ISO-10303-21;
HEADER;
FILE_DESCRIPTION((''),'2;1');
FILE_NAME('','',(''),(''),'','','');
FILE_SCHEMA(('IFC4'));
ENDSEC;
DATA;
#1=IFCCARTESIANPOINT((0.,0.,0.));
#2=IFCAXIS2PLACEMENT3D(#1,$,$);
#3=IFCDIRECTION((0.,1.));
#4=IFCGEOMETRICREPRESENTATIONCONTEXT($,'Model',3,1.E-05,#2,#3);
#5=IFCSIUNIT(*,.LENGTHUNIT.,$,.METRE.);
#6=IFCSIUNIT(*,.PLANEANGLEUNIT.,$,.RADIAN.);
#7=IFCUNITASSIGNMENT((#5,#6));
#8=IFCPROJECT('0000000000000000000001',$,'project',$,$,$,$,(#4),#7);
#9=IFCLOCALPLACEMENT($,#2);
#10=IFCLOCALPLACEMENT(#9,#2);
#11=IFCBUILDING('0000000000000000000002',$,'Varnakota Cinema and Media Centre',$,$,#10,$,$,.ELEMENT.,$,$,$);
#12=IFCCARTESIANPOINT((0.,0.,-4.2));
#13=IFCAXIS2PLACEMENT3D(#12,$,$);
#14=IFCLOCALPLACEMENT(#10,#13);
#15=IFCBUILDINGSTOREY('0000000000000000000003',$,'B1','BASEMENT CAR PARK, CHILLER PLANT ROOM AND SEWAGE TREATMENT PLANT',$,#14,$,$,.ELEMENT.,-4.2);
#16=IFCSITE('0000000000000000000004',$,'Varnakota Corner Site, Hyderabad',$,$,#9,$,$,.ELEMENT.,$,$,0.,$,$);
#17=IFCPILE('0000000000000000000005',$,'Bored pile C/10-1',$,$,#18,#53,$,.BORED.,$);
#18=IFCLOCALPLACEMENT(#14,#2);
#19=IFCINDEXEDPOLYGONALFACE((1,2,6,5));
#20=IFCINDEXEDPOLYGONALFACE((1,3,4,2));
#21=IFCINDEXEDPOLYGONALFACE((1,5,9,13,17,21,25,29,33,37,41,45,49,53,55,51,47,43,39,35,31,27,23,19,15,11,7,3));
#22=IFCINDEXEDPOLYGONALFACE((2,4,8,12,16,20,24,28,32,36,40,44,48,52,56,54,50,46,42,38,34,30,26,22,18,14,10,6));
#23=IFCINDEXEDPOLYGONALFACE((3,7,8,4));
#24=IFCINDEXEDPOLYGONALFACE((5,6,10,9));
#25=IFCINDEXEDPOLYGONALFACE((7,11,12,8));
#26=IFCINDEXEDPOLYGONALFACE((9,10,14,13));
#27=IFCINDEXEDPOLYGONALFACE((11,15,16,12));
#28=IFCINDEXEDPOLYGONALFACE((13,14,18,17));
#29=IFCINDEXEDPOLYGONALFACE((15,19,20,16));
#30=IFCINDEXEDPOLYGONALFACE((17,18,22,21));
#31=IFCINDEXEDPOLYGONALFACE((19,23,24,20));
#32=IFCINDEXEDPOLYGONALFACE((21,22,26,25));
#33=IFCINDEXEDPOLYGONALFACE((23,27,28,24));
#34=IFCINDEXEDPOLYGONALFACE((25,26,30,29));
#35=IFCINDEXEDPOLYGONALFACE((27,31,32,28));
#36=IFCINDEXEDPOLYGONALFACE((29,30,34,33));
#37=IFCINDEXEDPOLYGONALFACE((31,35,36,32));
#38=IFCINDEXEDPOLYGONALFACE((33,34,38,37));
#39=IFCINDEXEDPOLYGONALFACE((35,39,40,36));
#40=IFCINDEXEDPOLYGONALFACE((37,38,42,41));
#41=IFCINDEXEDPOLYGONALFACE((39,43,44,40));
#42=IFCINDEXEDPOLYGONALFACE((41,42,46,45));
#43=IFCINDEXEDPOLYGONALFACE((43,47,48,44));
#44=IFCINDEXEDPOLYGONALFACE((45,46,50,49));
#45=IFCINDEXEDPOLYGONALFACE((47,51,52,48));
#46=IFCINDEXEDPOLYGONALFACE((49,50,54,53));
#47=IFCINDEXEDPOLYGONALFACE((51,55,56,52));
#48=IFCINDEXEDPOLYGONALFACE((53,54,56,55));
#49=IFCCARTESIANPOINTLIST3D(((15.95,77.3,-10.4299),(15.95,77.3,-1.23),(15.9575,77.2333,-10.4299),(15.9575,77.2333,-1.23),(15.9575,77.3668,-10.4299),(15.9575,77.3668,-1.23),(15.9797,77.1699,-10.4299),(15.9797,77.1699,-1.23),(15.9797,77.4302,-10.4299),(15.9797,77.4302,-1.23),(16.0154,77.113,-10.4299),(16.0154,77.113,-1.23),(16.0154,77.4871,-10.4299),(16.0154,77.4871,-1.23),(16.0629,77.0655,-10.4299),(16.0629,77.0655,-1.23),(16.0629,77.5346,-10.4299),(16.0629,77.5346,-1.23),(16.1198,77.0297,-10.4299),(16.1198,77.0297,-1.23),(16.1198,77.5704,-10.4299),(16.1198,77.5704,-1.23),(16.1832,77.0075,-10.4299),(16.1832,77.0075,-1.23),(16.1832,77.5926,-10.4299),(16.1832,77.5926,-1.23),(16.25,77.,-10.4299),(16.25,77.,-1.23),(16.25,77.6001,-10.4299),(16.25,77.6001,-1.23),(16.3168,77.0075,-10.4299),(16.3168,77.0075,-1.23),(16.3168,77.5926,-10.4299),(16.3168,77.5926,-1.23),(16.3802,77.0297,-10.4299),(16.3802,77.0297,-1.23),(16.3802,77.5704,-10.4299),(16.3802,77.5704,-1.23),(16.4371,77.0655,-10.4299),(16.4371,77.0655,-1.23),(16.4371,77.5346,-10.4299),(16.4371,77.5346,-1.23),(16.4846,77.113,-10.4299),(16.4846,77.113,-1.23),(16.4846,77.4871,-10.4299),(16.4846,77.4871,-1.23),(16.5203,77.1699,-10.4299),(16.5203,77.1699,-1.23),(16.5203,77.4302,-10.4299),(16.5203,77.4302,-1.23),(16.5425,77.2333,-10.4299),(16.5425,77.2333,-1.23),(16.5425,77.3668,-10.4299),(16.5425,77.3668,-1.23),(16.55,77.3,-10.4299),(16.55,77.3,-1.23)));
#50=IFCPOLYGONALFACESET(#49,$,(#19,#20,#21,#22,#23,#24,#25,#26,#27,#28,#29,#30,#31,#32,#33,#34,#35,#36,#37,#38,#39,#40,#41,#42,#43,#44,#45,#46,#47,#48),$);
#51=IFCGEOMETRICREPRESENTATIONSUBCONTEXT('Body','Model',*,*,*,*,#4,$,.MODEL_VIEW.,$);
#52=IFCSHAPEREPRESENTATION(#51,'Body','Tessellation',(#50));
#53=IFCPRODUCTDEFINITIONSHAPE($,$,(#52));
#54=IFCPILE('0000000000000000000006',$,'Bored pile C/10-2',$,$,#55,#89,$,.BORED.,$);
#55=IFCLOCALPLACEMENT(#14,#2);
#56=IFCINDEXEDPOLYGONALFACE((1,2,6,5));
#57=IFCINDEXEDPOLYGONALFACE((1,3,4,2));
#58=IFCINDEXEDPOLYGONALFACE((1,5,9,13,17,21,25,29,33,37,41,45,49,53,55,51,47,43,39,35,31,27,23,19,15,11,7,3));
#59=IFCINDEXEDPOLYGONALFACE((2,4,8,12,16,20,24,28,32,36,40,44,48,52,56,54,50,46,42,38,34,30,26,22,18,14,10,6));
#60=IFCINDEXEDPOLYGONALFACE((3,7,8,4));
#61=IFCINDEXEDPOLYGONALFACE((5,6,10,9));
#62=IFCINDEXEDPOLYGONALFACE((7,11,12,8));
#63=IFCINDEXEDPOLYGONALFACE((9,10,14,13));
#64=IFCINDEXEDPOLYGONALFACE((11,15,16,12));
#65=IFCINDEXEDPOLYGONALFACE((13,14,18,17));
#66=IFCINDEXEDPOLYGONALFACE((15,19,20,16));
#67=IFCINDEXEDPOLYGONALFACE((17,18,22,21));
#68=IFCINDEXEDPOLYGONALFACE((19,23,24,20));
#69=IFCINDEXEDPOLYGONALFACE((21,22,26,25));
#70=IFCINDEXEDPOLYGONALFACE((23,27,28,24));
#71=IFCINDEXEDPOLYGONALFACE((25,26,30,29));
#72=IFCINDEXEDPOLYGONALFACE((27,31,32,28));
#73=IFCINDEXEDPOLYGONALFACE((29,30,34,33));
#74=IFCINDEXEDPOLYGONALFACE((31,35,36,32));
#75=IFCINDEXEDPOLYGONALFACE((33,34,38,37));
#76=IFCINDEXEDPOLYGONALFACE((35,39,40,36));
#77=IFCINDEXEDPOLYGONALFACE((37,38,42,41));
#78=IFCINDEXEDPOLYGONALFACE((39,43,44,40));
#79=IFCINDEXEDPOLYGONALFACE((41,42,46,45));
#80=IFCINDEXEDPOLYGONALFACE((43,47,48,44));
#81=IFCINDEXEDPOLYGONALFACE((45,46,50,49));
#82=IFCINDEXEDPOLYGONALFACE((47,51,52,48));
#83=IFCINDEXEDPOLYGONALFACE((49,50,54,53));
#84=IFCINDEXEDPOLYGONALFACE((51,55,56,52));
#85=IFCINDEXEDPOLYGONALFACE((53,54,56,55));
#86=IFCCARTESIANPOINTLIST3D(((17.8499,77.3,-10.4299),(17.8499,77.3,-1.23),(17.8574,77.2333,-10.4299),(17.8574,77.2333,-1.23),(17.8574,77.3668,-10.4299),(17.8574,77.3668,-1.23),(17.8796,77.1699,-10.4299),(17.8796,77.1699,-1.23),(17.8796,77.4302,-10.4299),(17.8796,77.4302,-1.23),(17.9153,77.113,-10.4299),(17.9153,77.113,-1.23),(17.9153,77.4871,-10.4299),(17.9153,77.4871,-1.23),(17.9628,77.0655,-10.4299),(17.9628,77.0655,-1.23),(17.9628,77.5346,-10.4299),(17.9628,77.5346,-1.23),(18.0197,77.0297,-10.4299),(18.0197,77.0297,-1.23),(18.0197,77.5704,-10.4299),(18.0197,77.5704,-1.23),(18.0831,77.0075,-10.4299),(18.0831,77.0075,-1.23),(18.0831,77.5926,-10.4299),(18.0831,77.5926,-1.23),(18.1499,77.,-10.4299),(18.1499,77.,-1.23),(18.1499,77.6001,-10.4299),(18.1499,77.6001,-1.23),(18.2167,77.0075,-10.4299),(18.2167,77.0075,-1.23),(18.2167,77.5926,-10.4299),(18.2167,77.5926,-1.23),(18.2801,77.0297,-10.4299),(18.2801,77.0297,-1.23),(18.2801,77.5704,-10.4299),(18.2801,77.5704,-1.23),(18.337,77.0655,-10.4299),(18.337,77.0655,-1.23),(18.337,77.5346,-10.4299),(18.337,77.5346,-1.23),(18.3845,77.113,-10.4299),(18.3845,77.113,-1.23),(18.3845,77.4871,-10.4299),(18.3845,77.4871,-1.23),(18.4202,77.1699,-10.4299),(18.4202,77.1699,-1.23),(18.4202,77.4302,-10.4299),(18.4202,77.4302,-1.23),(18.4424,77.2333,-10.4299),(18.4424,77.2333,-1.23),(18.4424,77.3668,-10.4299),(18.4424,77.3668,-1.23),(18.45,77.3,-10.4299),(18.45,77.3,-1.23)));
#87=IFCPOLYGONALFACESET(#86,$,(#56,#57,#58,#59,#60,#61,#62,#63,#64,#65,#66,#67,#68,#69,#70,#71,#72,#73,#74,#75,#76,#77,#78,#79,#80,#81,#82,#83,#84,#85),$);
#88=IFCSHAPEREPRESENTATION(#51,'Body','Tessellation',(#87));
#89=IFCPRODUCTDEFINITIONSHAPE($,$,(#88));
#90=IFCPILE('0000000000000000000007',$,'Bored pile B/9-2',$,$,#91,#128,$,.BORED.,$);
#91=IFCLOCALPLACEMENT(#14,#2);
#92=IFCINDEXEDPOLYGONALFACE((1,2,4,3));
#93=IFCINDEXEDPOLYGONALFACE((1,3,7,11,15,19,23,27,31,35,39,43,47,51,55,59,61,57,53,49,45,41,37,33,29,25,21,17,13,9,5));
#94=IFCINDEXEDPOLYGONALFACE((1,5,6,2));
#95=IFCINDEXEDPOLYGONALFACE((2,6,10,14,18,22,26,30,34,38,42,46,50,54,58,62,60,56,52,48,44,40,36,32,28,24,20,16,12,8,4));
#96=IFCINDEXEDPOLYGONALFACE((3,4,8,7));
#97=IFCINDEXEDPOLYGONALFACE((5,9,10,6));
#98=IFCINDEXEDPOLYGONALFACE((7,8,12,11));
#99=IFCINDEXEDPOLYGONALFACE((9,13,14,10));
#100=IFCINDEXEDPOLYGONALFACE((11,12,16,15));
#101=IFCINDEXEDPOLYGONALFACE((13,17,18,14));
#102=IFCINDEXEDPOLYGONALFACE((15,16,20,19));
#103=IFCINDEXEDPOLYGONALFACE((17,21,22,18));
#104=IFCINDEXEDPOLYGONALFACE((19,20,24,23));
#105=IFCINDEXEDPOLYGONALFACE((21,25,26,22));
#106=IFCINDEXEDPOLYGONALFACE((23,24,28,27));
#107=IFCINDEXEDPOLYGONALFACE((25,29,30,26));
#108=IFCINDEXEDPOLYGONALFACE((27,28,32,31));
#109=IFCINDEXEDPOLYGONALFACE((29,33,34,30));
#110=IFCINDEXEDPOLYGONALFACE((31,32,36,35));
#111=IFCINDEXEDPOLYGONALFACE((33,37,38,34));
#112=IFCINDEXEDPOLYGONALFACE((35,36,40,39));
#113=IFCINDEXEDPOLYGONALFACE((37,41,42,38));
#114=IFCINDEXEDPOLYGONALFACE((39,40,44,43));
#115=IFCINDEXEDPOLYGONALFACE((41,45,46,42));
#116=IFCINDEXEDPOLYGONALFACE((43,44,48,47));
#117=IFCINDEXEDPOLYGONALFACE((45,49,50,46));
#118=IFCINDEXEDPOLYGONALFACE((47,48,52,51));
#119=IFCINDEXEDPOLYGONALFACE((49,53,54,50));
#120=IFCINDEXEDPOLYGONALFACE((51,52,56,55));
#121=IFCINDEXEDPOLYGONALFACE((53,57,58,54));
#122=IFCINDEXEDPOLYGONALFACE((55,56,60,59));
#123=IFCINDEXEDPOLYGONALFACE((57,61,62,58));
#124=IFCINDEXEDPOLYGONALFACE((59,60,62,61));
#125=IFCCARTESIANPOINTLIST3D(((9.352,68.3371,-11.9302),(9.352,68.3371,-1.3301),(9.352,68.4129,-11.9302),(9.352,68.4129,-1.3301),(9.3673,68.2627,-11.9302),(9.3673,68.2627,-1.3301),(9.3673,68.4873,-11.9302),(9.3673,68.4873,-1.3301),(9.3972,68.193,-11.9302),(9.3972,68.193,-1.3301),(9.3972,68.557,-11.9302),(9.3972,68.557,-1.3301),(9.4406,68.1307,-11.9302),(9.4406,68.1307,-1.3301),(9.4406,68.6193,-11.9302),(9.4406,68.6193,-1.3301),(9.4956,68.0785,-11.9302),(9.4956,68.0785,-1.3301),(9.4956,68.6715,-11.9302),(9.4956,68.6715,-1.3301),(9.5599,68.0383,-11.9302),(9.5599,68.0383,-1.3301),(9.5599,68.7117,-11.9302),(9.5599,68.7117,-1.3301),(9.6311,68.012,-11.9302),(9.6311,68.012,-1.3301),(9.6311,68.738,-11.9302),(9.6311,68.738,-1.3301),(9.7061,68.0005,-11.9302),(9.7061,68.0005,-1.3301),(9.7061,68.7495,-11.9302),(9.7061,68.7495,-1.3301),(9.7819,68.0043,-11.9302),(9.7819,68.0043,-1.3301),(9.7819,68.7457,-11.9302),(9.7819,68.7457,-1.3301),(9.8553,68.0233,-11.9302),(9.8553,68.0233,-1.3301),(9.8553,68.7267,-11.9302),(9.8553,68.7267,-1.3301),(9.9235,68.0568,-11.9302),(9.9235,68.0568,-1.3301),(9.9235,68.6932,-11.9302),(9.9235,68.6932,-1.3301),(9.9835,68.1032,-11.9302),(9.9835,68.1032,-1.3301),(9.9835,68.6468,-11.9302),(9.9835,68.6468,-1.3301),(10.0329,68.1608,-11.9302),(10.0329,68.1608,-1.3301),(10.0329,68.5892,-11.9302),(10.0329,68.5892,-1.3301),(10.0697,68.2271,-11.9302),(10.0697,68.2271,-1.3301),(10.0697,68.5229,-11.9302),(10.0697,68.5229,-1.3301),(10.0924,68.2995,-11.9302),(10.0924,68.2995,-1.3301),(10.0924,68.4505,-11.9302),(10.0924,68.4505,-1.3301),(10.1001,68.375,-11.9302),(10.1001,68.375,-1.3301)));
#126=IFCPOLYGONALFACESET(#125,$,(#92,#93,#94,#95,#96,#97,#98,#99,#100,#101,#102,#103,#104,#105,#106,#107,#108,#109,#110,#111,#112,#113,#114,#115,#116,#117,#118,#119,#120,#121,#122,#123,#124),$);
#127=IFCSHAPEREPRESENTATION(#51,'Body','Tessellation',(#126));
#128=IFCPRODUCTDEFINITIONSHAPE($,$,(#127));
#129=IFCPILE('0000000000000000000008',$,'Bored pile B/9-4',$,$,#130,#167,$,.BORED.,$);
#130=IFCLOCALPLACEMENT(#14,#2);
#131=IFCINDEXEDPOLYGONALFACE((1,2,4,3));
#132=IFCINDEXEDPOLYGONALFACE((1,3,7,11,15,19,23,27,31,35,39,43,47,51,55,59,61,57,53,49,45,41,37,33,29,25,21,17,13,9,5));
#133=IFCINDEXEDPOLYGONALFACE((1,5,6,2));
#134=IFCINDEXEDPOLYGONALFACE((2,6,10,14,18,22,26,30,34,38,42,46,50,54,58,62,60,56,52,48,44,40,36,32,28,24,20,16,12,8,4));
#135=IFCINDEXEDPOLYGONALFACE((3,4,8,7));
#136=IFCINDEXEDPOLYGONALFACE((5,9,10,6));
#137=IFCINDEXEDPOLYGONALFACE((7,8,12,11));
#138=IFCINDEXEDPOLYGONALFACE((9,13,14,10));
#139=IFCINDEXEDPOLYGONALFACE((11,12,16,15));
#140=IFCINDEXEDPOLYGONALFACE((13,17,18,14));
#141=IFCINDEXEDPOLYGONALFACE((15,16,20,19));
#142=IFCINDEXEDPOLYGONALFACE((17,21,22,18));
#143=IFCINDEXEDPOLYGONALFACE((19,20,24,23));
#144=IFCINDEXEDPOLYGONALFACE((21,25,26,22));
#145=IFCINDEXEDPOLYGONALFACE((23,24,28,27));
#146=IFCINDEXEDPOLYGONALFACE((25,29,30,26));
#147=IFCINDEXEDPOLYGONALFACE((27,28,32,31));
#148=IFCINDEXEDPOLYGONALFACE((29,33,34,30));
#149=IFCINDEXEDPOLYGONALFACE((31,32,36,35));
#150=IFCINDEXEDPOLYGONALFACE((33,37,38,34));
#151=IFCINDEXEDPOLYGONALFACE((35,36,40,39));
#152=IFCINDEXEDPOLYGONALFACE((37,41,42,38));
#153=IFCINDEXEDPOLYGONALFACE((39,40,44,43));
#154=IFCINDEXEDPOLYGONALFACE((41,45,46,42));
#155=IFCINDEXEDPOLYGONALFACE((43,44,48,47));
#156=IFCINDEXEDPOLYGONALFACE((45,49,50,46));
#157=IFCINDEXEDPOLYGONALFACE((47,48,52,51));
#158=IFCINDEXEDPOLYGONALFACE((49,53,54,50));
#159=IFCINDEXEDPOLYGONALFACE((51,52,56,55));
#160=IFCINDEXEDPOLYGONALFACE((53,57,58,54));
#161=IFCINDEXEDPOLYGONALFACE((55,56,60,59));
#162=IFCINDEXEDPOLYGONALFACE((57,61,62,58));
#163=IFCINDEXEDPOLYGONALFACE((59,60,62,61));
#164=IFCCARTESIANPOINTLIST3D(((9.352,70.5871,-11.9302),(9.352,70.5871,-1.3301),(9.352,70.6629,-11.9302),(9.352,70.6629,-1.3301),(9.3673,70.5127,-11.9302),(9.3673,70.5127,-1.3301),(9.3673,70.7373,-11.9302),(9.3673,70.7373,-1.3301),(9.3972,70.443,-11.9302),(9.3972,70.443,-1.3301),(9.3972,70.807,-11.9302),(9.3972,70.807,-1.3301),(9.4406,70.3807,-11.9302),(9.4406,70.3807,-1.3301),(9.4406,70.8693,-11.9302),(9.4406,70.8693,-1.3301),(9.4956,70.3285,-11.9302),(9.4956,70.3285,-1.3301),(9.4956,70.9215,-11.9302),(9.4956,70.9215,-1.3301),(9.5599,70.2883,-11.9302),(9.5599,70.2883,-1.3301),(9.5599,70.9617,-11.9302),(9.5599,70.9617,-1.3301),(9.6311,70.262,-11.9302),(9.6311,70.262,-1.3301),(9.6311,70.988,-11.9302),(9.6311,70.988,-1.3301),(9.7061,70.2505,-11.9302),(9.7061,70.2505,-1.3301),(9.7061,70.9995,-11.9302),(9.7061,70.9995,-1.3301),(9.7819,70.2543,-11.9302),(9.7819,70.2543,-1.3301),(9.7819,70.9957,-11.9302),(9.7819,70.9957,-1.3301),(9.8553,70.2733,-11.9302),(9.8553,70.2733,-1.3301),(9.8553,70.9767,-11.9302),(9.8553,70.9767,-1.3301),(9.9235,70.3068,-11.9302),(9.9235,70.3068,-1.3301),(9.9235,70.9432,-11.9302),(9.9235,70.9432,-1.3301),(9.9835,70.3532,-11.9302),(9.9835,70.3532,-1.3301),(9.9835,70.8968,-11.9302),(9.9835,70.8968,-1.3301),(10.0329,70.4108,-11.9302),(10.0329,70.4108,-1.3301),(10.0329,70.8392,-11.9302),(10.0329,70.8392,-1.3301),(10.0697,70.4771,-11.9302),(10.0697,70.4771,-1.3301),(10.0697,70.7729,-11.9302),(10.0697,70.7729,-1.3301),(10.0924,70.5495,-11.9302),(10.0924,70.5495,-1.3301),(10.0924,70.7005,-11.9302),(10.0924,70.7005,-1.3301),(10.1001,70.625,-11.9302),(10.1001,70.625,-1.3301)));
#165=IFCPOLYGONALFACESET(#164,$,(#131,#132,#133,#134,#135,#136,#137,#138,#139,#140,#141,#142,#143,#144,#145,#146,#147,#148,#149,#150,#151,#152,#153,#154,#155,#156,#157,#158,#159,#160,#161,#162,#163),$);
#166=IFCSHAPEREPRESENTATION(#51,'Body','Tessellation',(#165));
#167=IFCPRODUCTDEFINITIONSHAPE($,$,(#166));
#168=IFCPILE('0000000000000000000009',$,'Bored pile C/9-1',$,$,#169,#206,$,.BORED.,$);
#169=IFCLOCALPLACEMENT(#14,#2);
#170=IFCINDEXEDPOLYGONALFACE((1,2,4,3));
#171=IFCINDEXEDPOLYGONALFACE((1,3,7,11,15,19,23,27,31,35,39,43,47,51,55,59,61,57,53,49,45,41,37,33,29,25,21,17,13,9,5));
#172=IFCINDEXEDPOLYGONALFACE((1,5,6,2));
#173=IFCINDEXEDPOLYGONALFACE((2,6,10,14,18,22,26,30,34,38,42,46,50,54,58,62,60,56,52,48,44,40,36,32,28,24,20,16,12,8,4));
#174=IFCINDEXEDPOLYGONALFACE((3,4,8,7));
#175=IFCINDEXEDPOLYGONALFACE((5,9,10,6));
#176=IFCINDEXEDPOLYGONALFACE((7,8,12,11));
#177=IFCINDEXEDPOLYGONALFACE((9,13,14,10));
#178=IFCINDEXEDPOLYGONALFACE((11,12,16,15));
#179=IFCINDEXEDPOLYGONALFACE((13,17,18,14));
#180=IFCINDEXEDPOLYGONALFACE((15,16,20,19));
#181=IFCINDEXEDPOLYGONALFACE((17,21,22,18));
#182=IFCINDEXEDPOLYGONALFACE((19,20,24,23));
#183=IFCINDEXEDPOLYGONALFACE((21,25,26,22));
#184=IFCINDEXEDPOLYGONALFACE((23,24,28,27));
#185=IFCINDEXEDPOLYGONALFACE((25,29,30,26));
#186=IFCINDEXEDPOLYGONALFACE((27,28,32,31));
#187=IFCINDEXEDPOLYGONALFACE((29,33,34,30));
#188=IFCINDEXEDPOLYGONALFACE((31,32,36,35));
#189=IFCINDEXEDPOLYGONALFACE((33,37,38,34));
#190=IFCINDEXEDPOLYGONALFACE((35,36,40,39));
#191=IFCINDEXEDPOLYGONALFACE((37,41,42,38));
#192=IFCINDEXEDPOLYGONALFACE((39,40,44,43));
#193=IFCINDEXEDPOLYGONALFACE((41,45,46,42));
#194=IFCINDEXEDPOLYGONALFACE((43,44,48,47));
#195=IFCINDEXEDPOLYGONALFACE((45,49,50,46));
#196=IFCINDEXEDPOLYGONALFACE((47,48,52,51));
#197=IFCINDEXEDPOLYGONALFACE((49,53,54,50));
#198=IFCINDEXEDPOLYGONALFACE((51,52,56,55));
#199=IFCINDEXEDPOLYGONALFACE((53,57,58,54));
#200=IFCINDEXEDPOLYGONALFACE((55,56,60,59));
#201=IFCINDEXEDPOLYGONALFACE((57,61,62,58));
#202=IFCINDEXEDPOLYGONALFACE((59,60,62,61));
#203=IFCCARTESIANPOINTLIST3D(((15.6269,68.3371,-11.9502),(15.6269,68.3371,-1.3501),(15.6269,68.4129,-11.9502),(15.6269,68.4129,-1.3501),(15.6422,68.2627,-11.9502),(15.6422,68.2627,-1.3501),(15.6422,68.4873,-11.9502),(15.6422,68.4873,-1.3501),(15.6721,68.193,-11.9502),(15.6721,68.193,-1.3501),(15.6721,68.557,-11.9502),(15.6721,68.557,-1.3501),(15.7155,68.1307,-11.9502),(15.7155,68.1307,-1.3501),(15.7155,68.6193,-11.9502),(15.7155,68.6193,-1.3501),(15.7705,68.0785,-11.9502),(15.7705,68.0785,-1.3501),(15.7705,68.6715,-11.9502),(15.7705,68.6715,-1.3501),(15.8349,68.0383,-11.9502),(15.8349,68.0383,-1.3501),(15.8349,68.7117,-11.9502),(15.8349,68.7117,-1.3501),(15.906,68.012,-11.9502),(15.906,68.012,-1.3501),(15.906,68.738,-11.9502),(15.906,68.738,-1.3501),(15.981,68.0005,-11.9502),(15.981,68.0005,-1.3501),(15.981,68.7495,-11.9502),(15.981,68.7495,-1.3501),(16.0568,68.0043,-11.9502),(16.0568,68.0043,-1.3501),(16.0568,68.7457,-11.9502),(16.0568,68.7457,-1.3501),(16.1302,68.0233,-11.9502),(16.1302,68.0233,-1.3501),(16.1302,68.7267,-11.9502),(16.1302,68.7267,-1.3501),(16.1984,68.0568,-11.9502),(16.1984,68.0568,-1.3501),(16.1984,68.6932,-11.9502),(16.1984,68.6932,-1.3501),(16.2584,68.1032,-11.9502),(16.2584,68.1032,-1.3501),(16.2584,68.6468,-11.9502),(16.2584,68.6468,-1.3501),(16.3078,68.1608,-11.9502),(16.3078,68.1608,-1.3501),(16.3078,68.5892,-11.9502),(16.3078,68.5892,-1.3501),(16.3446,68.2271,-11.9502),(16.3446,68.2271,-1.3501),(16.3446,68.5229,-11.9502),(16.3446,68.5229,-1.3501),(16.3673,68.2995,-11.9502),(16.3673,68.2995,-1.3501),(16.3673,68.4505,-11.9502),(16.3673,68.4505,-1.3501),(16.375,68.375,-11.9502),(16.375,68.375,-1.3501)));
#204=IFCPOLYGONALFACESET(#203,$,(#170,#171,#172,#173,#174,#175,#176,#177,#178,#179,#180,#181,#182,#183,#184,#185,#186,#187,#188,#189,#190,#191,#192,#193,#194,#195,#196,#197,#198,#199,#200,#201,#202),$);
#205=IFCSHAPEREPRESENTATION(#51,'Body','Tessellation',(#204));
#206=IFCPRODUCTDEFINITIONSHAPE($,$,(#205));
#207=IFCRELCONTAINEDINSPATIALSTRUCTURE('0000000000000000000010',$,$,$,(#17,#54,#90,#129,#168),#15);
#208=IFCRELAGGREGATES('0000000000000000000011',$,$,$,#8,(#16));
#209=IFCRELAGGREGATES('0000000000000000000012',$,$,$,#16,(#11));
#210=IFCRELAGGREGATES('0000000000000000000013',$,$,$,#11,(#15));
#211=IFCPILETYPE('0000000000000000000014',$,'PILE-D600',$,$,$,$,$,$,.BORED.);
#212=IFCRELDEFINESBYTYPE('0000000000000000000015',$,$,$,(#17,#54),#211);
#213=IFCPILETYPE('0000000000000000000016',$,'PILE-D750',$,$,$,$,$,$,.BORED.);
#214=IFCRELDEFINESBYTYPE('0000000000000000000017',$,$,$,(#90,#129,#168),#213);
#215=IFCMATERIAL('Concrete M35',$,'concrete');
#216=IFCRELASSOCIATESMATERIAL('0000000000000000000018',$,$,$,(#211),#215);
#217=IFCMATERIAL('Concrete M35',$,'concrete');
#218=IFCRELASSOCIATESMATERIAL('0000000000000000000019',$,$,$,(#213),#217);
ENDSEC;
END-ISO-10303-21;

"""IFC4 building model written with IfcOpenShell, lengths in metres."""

from ifc_helpers import new_model, si_unit, direction, frame, origin, origin_2d, place, context, subcontext, project, spatial, circle, extrude, material, material_profile, profile_set, type_object, element, save


model = new_model("IFC4")

# Units and contexts
model_context = context("Model", 3, precision=1e-05, world=origin(), true_north=direction((0.0, 1.0)))
body_context = subcontext(model_context, "Body", "Model", "MODEL_VIEW")
ifc_project = project(units=[si_unit("LENGTHUNIT", "METRE"), si_unit("PLANEANGLEUNIT", "RADIAN")], contexts=[model_context])

# Site, building, storey
site_placement = place(None, origin())
site = spatial("IfcSite", under=ifc_project, at=site_placement, Name="Varnakota Corner Site, Hyderabad", CompositionType="ELEMENT", RefElevation=0.0)
building_placement = place(site_placement, origin())
building = spatial("IfcBuilding", under=site, at=building_placement, Name="Varnakota Cinema and Media Centre", CompositionType="ELEMENT")
storey_placement = place(building_placement, frame((0.0, 0.0, -4.2)))
storey = spatial("IfcBuildingStorey", under=building, at=storey_placement, Name="B1", Description="BASEMENT CAR PARK, CHILLER PLANT ROOM AND SEWAGE TREATMENT PLANT", CompositionType="ELEMENT", Elevation=-4.2)

# Piles
ifc_material_1 = material(Name="Concrete M35", Category="concrete")
ifc_material_profile_1 = material_profile(ifc_material_1, circle(Radius=0.3, at=origin_2d()), Name="PILE D600")
ifc_profile_set_1 = profile_set([ifc_material_profile_1], Name="Concrete M35")
pile_type_1 = type_object("IfcPileType", Name="PILE-D600", PredefinedType="BORED", material=ifc_profile_set_1)
for number, where, z_axis, x_axis, name in (
    (1, (16.25, 77.3, -1.23), (0.0, 0.0, -1.0), (1.0, 0.0, 0.0), "Bored pile C/10-1"),
    (2, (18.1499, 77.3, -1.23), (0.0, 0.0, -1.0), (1.0, 0.0, 0.0), "Bored pile C/10-2"),
):
    element("IfcPile", number, at=place(storey_placement, frame(where, z_axis=z_axis, x_axis=x_axis)), inside=storey, type_object=pile_type_1, Name=name, PredefinedType="BORED", context=body_context, shape_type="SweptSolid", body=[
        extrude(circle(Radius=0.3, at=origin_2d()), origin(), (0.0, 0.0, 1.0), 9.2),
    ])
ifc_material_2 = material(Name="Concrete M35", Category="concrete")
ifc_material_profile_2 = material_profile(ifc_material_2, circle(Radius=0.375, at=origin_2d()), Name="PILE D750")
ifc_profile_set_2 = profile_set([ifc_material_profile_2], Name="Concrete M35")
pile_type_2 = type_object("IfcPileType", Name="PILE-D750", PredefinedType="BORED", material=ifc_profile_set_2)
for number, where, z_axis, x_axis, name in (
    (3, (9.7251, 68.375, -1.3301), (0.0, 0.0, -1.0), (1.0, 0.0, 0.0), "Bored pile B/9-2"),
    (4, (9.7251, 70.625, -1.3301), (0.0, 0.0, -1.0), (1.0, 0.0, 0.0), "Bored pile B/9-4"),
    (5, (16.0, 68.375, -1.3501), (0.0, 0.0, -1.0), (1.0, 0.0, 0.0), "Bored pile C/9-1"),
):
    element("IfcPile", number, at=place(storey_placement, frame(where, z_axis=z_axis, x_axis=x_axis)), inside=storey, type_object=pile_type_2, Name=name, PredefinedType="BORED", context=body_context, shape_type="SweptSolid", body=[
        extrude(circle(Radius=0.375, at=origin_2d()), origin(), (0.0, 0.0, 1.0), 10.6001),
    ])

save(model, "model.ifc")
